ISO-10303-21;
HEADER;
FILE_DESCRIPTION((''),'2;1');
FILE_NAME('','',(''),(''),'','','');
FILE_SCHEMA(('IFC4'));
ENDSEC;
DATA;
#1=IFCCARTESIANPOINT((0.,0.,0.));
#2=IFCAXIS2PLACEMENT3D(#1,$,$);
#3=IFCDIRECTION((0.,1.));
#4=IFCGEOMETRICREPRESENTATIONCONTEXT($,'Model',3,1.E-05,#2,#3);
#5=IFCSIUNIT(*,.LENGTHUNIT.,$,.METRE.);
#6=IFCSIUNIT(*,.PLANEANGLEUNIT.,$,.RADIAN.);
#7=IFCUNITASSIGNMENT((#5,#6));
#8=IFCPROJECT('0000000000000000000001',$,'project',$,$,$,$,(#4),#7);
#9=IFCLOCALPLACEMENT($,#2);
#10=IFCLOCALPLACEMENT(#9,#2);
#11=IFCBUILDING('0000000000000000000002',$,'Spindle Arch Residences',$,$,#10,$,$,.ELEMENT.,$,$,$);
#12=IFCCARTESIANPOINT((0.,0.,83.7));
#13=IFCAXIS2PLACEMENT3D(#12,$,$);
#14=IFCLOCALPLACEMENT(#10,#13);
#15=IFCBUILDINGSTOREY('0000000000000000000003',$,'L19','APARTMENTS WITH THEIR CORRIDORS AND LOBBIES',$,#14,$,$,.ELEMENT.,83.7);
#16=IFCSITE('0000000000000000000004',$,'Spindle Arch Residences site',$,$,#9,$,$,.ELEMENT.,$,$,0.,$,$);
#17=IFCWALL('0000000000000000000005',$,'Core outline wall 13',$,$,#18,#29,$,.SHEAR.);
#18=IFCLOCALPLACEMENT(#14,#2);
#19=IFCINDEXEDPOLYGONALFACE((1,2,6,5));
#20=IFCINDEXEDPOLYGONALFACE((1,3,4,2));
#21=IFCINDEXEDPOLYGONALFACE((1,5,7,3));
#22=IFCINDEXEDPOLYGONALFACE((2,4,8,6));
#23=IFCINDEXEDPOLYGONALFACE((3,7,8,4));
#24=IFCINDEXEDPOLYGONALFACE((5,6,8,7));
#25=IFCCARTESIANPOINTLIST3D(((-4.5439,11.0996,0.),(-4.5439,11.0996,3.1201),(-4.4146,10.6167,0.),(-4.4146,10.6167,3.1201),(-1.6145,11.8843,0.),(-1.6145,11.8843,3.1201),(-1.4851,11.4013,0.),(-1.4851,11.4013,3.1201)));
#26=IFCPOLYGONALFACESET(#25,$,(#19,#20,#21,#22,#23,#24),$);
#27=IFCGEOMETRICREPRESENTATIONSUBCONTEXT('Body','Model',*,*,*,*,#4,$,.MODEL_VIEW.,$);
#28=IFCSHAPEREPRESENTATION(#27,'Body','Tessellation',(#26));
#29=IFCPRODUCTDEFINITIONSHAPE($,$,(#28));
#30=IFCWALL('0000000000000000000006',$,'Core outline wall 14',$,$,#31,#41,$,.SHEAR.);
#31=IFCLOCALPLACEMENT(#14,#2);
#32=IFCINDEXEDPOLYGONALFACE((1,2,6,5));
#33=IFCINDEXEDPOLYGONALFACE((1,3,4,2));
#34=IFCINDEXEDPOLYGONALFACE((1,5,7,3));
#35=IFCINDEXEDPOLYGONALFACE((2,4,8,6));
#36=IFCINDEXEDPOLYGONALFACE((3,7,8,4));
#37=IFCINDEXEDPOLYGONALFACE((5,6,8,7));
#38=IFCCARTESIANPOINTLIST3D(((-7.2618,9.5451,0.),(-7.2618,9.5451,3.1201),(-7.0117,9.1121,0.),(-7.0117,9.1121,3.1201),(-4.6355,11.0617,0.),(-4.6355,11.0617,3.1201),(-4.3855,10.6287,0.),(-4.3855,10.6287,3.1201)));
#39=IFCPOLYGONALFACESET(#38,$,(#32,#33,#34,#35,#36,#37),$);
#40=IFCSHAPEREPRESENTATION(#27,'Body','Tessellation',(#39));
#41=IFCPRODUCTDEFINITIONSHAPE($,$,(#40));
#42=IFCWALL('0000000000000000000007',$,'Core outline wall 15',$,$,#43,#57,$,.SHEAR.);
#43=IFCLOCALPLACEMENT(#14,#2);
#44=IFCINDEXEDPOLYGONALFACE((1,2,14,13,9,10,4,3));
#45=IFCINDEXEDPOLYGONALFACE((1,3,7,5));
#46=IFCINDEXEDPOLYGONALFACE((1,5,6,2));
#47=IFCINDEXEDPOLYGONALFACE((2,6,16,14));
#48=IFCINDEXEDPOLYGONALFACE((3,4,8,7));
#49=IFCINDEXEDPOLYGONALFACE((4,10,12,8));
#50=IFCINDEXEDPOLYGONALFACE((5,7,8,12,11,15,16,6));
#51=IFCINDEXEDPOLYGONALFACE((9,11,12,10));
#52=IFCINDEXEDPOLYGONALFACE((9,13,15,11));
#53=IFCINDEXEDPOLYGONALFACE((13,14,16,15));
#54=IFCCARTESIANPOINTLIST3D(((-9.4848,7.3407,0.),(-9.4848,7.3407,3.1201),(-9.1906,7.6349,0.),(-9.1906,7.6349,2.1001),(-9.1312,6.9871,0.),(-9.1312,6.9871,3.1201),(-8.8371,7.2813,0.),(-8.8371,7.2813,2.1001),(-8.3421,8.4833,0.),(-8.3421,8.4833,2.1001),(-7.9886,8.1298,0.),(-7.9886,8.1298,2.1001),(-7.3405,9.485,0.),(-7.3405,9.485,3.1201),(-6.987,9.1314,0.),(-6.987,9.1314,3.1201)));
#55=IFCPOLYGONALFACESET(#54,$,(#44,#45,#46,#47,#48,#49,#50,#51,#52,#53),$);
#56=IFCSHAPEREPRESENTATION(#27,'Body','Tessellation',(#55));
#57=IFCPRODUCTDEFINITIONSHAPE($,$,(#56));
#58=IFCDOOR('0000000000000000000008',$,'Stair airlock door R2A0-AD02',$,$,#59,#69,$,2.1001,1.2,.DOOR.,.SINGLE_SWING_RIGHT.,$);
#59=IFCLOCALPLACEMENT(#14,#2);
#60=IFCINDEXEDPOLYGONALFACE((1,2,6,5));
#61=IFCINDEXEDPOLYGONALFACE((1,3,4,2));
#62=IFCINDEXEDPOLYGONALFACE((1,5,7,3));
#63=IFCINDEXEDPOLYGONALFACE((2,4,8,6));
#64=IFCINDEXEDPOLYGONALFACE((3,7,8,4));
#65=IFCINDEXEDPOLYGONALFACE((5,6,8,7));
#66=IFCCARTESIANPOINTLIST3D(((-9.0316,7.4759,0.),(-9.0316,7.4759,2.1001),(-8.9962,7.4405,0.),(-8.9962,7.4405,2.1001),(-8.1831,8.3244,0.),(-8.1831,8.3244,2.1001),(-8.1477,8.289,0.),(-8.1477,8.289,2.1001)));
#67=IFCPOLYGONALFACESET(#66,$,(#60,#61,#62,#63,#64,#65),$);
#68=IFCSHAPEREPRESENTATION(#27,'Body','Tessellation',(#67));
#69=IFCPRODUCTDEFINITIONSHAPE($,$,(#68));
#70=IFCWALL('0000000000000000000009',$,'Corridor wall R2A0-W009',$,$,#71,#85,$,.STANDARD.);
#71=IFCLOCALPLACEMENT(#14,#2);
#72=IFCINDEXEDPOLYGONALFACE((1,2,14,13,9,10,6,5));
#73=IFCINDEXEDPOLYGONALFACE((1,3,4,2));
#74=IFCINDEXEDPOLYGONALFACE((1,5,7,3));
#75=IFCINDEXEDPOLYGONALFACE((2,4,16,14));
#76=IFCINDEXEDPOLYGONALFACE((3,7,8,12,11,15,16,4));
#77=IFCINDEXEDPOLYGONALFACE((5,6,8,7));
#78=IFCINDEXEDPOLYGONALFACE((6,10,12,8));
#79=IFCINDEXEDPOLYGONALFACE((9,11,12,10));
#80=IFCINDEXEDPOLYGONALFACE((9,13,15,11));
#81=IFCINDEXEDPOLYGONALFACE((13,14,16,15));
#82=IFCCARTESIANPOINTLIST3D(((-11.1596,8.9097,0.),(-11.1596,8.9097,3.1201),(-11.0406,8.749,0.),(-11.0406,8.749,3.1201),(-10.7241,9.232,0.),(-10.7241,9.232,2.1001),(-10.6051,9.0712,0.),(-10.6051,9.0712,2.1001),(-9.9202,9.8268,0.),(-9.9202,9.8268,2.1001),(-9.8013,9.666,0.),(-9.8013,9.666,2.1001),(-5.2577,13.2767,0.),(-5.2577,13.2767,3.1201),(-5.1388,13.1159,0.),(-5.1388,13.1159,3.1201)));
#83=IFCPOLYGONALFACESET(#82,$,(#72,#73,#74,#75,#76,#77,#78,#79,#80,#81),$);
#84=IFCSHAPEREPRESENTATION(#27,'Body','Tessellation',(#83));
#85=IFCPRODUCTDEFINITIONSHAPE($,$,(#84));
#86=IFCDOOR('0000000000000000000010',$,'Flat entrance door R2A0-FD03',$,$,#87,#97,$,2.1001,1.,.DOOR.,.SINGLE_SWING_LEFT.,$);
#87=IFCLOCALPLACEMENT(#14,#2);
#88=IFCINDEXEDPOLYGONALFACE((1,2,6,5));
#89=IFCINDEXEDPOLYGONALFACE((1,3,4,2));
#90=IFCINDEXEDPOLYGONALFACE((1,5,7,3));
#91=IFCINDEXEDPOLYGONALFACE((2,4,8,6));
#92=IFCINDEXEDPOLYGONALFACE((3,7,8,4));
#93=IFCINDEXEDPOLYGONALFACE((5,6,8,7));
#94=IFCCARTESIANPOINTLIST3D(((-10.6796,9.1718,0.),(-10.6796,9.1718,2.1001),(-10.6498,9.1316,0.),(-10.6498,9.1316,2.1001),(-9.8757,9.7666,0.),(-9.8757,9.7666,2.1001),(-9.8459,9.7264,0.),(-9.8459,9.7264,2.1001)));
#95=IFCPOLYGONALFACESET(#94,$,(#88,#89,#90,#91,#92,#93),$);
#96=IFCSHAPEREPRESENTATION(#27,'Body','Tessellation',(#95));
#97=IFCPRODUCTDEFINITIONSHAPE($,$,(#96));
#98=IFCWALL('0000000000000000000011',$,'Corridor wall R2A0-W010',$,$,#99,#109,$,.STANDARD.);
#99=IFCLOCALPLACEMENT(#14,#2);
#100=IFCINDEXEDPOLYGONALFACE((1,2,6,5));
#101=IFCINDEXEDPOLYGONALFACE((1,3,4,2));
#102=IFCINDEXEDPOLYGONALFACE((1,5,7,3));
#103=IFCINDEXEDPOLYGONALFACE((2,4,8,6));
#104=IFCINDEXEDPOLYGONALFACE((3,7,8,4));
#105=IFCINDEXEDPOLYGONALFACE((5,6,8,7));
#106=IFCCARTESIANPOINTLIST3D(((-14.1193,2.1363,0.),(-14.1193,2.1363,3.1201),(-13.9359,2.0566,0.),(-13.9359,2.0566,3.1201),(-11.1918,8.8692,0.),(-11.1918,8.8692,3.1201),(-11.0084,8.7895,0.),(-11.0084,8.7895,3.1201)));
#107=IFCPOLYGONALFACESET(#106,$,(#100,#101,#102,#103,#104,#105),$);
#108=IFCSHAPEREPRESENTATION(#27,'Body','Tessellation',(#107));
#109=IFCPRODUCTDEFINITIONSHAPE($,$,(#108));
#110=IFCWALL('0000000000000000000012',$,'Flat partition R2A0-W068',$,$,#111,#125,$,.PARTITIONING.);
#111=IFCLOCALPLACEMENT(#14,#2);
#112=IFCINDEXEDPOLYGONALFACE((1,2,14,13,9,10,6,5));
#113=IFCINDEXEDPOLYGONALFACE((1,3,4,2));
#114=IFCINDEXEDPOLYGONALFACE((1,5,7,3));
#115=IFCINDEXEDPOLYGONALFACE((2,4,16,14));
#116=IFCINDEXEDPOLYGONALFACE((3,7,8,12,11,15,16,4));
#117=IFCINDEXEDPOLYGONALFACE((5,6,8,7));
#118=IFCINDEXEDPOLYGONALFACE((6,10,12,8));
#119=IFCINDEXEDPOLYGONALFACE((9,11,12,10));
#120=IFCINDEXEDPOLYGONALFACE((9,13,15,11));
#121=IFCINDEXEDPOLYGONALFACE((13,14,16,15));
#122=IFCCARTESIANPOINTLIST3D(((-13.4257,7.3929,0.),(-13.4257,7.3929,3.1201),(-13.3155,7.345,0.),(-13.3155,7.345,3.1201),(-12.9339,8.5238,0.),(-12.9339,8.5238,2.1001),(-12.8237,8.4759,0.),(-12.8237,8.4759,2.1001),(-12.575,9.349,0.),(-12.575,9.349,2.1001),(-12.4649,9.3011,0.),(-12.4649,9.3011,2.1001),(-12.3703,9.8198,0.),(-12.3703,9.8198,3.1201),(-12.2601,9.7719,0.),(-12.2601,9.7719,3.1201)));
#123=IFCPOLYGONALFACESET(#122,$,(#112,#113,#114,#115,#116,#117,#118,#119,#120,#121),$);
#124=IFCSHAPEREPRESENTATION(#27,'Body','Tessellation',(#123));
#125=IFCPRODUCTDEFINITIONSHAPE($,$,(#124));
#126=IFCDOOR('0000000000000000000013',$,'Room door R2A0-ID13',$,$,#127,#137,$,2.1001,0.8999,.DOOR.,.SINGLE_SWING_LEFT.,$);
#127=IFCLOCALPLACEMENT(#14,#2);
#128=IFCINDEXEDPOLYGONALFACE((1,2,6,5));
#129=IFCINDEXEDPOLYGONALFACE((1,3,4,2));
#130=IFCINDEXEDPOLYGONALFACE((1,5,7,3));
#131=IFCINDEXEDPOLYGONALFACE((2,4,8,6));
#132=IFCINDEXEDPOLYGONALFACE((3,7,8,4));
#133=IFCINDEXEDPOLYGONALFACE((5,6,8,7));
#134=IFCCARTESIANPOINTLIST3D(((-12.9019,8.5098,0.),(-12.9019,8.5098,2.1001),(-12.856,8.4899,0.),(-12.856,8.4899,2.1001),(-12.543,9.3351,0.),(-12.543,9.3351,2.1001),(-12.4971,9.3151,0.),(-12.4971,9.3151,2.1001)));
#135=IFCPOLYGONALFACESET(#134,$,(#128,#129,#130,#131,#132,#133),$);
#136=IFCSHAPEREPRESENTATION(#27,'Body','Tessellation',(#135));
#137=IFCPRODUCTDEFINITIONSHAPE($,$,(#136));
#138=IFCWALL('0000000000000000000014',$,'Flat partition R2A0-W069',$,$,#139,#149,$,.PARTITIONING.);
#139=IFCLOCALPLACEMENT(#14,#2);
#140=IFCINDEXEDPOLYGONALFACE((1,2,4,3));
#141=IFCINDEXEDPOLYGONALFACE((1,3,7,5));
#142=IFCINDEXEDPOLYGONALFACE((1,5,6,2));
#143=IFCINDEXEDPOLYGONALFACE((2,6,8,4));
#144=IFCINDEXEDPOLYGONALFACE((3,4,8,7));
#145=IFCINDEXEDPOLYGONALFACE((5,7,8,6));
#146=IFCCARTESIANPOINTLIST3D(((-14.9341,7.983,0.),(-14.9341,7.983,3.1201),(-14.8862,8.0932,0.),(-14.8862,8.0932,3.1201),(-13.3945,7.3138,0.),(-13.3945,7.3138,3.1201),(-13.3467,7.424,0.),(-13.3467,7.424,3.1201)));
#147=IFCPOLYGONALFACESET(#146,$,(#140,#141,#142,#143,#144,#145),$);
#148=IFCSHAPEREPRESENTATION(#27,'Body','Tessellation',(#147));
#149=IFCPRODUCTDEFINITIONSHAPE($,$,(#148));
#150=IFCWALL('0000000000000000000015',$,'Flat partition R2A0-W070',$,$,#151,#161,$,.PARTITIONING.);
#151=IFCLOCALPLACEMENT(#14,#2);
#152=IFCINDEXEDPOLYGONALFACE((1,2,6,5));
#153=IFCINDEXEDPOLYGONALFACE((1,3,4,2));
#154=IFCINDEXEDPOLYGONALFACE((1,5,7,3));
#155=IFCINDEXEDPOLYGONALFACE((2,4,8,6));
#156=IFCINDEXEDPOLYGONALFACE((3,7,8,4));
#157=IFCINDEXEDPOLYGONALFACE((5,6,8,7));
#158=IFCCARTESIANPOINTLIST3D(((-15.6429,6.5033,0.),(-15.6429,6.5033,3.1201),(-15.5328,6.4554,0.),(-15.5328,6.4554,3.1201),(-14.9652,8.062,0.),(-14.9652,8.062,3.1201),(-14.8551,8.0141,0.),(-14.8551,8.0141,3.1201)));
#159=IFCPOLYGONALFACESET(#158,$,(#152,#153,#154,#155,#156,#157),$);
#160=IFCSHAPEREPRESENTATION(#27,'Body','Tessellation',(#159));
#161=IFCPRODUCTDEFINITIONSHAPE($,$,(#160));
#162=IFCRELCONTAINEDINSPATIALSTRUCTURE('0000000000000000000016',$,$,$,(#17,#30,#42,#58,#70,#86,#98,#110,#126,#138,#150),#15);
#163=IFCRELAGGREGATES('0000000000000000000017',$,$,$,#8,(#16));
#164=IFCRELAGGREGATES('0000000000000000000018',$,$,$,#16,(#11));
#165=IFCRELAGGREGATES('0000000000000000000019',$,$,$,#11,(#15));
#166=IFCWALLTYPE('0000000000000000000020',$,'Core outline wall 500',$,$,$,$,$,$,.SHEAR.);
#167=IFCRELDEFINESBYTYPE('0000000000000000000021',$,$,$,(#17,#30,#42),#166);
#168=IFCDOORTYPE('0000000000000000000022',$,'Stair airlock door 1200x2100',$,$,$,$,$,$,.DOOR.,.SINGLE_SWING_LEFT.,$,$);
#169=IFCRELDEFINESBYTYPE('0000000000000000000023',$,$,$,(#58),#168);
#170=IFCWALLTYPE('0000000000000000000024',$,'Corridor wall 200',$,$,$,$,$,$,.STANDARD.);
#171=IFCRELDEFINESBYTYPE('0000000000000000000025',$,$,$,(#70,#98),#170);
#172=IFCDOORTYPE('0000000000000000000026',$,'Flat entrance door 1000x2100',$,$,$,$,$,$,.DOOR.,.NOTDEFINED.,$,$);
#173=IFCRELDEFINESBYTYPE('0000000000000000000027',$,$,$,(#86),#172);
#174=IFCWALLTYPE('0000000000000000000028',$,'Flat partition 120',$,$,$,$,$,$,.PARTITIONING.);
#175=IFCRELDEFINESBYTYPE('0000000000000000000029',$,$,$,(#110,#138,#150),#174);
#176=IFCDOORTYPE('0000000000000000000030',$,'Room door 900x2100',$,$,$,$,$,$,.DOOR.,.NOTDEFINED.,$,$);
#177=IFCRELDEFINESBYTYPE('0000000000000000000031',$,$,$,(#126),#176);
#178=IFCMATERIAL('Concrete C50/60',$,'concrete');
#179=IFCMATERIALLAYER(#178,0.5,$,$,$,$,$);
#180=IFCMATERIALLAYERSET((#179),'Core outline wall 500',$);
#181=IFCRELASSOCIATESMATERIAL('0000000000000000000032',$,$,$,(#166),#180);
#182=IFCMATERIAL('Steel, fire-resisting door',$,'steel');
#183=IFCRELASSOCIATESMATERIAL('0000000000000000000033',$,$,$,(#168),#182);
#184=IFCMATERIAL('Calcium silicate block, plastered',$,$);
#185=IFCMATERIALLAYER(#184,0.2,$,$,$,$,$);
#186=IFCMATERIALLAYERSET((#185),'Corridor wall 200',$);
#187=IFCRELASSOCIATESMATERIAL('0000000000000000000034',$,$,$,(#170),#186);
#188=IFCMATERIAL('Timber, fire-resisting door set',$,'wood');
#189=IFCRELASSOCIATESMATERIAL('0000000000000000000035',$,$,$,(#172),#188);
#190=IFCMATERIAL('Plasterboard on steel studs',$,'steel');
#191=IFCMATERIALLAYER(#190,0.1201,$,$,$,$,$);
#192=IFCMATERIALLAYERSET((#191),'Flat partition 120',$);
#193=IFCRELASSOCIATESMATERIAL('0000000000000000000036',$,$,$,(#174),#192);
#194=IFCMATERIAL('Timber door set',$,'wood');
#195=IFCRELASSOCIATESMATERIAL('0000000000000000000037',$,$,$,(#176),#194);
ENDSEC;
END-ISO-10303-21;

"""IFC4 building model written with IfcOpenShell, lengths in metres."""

from ifc_helpers import new_model, si_unit, direction, frame, frame_2d, origin, place, context, subcontext, project, spatial, rectangle, extrude, material, layer, layer_set, type_object, element, fill, save


model = new_model("IFC4")

# Units and contexts
model_context = context("Model", 3, precision=1e-05, world=origin(), true_north=direction((0.0, 1.0)))
body_context = subcontext(model_context, "Body", "Model", "MODEL_VIEW")
ifc_project = project(units=[si_unit("LENGTHUNIT", "METRE"), si_unit("PLANEANGLEUNIT", "RADIAN")], contexts=[model_context])

# Site, building, storey
site_placement = place(None, origin())
site = spatial("IfcSite", under=ifc_project, at=site_placement, Name="Spindle Arch Residences site", CompositionType="ELEMENT", RefElevation=0.0)
building_placement = place(site_placement, origin())
building = spatial("IfcBuilding", under=site, at=building_placement, Name="Spindle Arch Residences", CompositionType="ELEMENT")
storey_placement = place(building_placement, frame((0.0, 0.0, 83.7)))
storey = spatial("IfcBuildingStorey", under=building, at=storey_placement, Name="L19", Description="APARTMENTS WITH THEIR CORRIDORS AND LOBBIES", CompositionType="ELEMENT", Elevation=83.7)

# Walls
ifc_material_1 = material(Name="Concrete C50/60", Category="concrete")
ifc_layer_1 = layer(ifc_material_1, 0.5)
ifc_layer_set_1 = layer_set([ifc_layer_1], Name="Core outline wall 500")
wall_type_1 = type_object("IfcWallType", Name="Core outline wall 500", PredefinedType="SHEAR", material=ifc_layer_set_1)
for number, where, z_axis, x_axis, name in (
    (1, (-1.5498, 11.6428, 0.0), (0.0, 0.0, 1.0), (-0.965948, -0.258735, 0.0), "Core outline wall 13"),
    (2, (-4.5105, 10.8452, 0.0), (0.0, 0.0, 1.0), (-0.865975, -0.500087, 0.0), "Core outline wall 14"),
):
    element("IfcWall", number, at=place(storey_placement, frame(where, z_axis=z_axis, x_axis=x_axis)), inside=storey, type_object=wall_type_1, Name=name, PredefinedType="SHEAR", context=body_context, shape_type="SweptSolid", body=[
        extrude(rectangle(XDim=3.0327, YDim=0.5, at=frame_2d((1.5164, 0.0))), origin(), (0.0, 0.0, 1.0), 3.1201),
    ])

# Walls, openings, doors
wall_1_placement = place(storey_placement, frame((-7.1638, 9.3081, 0.0), z_axis=(0.0, 0.0, 1.0), x_axis=(-0.707107, -0.707107, 0.0)))
wall_1 = element("IfcWall", 3, at=wall_1_placement, inside=storey, type_object=wall_type_1, Name="Core outline wall 15", PredefinedType="SHEAR", context=body_context, shape_type="SweptSolid", body=[
    extrude(rectangle(XDim=3.0325, YDim=0.5, at=frame_2d((1.5161, 0.0))), origin(), (0.0, 0.0, 1.0), 3.1201),
])
opening_1_placement = place(wall_1_placement, frame((1.4163, 0.0, 0.0)))
opening_1 = element("IfcOpeningElement", 4, at=opening_1_placement, cuts=wall_1, PredefinedType="OPENING", context=body_context, shape_type="SweptSolid", body=[
    extrude(rectangle(XDim=1.2, YDim=2.1001, at=frame_2d((0.6001, 1.05))), frame((0.0, 0.26, 0.0), z_axis=(0.0, -1.0, 0.0), x_axis=(1.0, 0.0, 0.0)), (0.0, 0.0, 1.0), 0.52),
])
ifc_material_2 = material(Name="Steel, fire-resisting door", Category="steel")
door_type_1 = type_object("IfcDoorType", Name="Stair airlock door 1200x2100", OperationType="SINGLE_SWING_LEFT", PredefinedType="DOOR", material=ifc_material_2)
door_1_placement = place(opening_1_placement, origin())
door_1 = element("IfcDoor", 5, at=door_1_placement, inside=storey, type_object=door_type_1, Name="Stair airlock door R2A0-AD02", OperationType="SINGLE_SWING_RIGHT", OverallHeight=2.1001, OverallWidth=1.2, PredefinedType="DOOR", context=body_context, shape_type="SweptSolid", body=[
    extrude(rectangle(XDim=1.2, YDim=2.1001, at=frame_2d((0.6001, 1.05))), frame((0.0, 0.0249, 0.0), z_axis=(0.0, -1.0, 0.0), x_axis=(1.0, 0.0, 0.0)), (0.0, 0.0, 1.0), 0.05),
])
fill(opening_1, door_1)
ifc_material_3 = material(Name="Calcium silicate block, plastered")
ifc_layer_2 = layer(ifc_material_3, 0.2)
ifc_layer_set_2 = layer_set([ifc_layer_2], Name="Corridor wall 200")
wall_type_2 = type_object("IfcWallType", Name="Corridor wall 200", PredefinedType="STANDARD", material=ifc_layer_set_2)
wall_2_placement = place(storey_placement, frame((-5.1982, 13.1963, 0.0), z_axis=(0.0, 0.0, 1.0), x_axis=(-0.80387, -0.594805, 0.0)))
wall_2 = element("IfcWall", 6, at=wall_2_placement, inside=storey, type_object=wall_type_2, Name="Corridor wall R2A0-W009", PredefinedType="STANDARD", context=body_context, shape_type="SweptSolid", body=[
    extrude(rectangle(XDim=7.3418, YDim=0.2, at=frame_2d((3.6709, 0.0))), origin(), (0.0, 0.0, 1.0), 3.1201),
])
opening_2_placement = place(wall_2_placement, frame((5.8, 0.0, 0.0)))
opening_2 = element("IfcOpeningElement", 7, at=opening_2_placement, cuts=wall_2, PredefinedType="OPENING", context=body_context, shape_type="SweptSolid", body=[
    extrude(rectangle(XDim=1.0, YDim=2.1001, at=frame_2d((0.5, 1.05))), frame((0.0, 0.1099, 0.0), z_axis=(0.0, -1.0, 0.0), x_axis=(1.0, 0.0, 0.0)), (0.0, 0.0, 1.0), 0.22),
])
ifc_material_4 = material(Name="Timber, fire-resisting door set", Category="wood")
door_type_2 = type_object("IfcDoorType", Name="Flat entrance door 1000x2100", OperationType="NOTDEFINED", PredefinedType="DOOR", material=ifc_material_4)
door_2_placement = place(opening_2_placement, origin())
door_2 = element("IfcDoor", 8, at=door_2_placement, inside=storey, type_object=door_type_2, Name="Flat entrance door R2A0-FD03", OperationType="SINGLE_SWING_LEFT", OverallHeight=2.1001, OverallWidth=1.0, PredefinedType="DOOR", context=body_context, shape_type="SweptSolid", body=[
    extrude(rectangle(XDim=1.0, YDim=2.1001, at=frame_2d((0.5, 1.05))), frame((0.0, 0.0249, 0.0), z_axis=(0.0, -1.0, 0.0), x_axis=(1.0, 0.0, 0.0)), (0.0, 0.0, 1.0), 0.05),
])
fill(opening_2, door_2)

# Wall
wall_3_placement = place(storey_placement, frame((-11.1001, 8.8293, 0.0), z_axis=(0.0, 0.0, 1.0), x_axis=(-0.398742, -0.917063, 0.0)))
element("IfcWall", 9, at=wall_3_placement, inside=storey, type_object=wall_type_2, Name="Corridor wall R2A0-W010", PredefinedType="STANDARD", context=body_context, shape_type="SweptSolid", body=[
    extrude(rectangle(XDim=7.3418, YDim=0.2, at=frame_2d((3.6709, 0.0))), origin(), (0.0, 0.0, 1.0), 3.1201),
])

# Wall, opening, door
ifc_material_5 = material(Name="Plasterboard on steel studs", Category="steel")
ifc_layer_3 = layer(ifc_material_5, 0.1201)
ifc_layer_set_3 = layer_set([ifc_layer_3], Name="Flat partition 120")
wall_type_3 = type_object("IfcWallType", Name="Flat partition 120", PredefinedType="PARTITIONING", material=ifc_layer_set_3)
wall_4_placement = place(storey_placement, frame((-12.3152, 9.7959, 0.0), z_axis=(0.0, 0.0, 1.0), x_axis=(-0.39879, -0.917042, 0.0)))
wall_4 = element("IfcWall", 10, at=wall_4_placement, inside=storey, type_object=wall_type_3, Name="Flat partition R2A0-W068", PredefinedType="PARTITIONING", context=body_context, shape_type="SweptSolid", body=[
    extrude(rectangle(XDim=2.6465, YDim=0.1201, at=frame_2d((1.3232, 0.0))), origin(), (0.0, 0.0, 1.0), 3.1201),
])
opening_3_placement = place(wall_4_placement, frame((0.5134, 0.0, 0.0)))
opening_3 = element("IfcOpeningElement", 11, at=opening_3_placement, cuts=wall_4, PredefinedType="OPENING", context=body_context, shape_type="SweptSolid", body=[
    extrude(rectangle(XDim=0.8999, YDim=2.1001, at=frame_2d((0.45, 1.05))), frame((0.0, 0.0701, 0.0), z_axis=(0.0, -1.0, 0.0), x_axis=(1.0, 0.0, 0.0)), (0.0, 0.0, 1.0), 0.1401),
])
ifc_material_6 = material(Name="Timber door set", Category="wood")
door_type_3 = type_object("IfcDoorType", Name="Room door 900x2100", OperationType="NOTDEFINED", PredefinedType="DOOR", material=ifc_material_6)
door_3_placement = place(opening_3_placement, origin())
door_3 = element("IfcDoor", 12, at=door_3_placement, inside=storey, type_object=door_type_3, Name="Room door R2A0-ID13", OperationType="SINGLE_SWING_LEFT", OverallHeight=2.1001, OverallWidth=0.8999, PredefinedType="DOOR", context=body_context, shape_type="SweptSolid", body=[
    extrude(rectangle(XDim=0.8999, YDim=2.1001, at=frame_2d((0.45, 1.05))), frame((0.0, 0.0249, 0.0), z_axis=(0.0, -1.0, 0.0), x_axis=(1.0, 0.0, 0.0)), (0.0, 0.0, 1.0), 0.05),
])
fill(opening_3, door_3)

# Walls
wall_5_placement = place(storey_placement, frame((-13.3706, 7.3689, 0.0), z_axis=(0.0, 0.0, 1.0), x_axis=(-0.917109, 0.398636, 0.0)))
element("IfcWall", 13, at=wall_5_placement, inside=storey, type_object=wall_type_3, Name="Flat partition R2A0-W069", PredefinedType="PARTITIONING", context=body_context, shape_type="SweptSolid", body=[
    extrude(rectangle(XDim=1.6787, YDim=0.1201, at=frame_2d((0.8394, 0.0))), origin(), (0.0, 0.0, 1.0), 3.1201),
])
wall_6_placement = place(storey_placement, frame((-14.9102, 8.0381, 0.0), z_axis=(0.0, 0.0, 1.0), x_axis=(-0.398716, -0.917075, 0.0)))
element("IfcWall", 14, at=wall_6_placement, inside=storey, type_object=wall_type_3, Name="Flat partition R2A0-W070", PredefinedType="PARTITIONING", context=body_context, shape_type="SweptSolid", body=[
    extrude(rectangle(XDim=1.6997, YDim=0.1201, at=frame_2d((0.8499, 0.0))), origin(), (0.0, 0.0, 1.0), 3.1201),
])

save(model, "model.ifc")
